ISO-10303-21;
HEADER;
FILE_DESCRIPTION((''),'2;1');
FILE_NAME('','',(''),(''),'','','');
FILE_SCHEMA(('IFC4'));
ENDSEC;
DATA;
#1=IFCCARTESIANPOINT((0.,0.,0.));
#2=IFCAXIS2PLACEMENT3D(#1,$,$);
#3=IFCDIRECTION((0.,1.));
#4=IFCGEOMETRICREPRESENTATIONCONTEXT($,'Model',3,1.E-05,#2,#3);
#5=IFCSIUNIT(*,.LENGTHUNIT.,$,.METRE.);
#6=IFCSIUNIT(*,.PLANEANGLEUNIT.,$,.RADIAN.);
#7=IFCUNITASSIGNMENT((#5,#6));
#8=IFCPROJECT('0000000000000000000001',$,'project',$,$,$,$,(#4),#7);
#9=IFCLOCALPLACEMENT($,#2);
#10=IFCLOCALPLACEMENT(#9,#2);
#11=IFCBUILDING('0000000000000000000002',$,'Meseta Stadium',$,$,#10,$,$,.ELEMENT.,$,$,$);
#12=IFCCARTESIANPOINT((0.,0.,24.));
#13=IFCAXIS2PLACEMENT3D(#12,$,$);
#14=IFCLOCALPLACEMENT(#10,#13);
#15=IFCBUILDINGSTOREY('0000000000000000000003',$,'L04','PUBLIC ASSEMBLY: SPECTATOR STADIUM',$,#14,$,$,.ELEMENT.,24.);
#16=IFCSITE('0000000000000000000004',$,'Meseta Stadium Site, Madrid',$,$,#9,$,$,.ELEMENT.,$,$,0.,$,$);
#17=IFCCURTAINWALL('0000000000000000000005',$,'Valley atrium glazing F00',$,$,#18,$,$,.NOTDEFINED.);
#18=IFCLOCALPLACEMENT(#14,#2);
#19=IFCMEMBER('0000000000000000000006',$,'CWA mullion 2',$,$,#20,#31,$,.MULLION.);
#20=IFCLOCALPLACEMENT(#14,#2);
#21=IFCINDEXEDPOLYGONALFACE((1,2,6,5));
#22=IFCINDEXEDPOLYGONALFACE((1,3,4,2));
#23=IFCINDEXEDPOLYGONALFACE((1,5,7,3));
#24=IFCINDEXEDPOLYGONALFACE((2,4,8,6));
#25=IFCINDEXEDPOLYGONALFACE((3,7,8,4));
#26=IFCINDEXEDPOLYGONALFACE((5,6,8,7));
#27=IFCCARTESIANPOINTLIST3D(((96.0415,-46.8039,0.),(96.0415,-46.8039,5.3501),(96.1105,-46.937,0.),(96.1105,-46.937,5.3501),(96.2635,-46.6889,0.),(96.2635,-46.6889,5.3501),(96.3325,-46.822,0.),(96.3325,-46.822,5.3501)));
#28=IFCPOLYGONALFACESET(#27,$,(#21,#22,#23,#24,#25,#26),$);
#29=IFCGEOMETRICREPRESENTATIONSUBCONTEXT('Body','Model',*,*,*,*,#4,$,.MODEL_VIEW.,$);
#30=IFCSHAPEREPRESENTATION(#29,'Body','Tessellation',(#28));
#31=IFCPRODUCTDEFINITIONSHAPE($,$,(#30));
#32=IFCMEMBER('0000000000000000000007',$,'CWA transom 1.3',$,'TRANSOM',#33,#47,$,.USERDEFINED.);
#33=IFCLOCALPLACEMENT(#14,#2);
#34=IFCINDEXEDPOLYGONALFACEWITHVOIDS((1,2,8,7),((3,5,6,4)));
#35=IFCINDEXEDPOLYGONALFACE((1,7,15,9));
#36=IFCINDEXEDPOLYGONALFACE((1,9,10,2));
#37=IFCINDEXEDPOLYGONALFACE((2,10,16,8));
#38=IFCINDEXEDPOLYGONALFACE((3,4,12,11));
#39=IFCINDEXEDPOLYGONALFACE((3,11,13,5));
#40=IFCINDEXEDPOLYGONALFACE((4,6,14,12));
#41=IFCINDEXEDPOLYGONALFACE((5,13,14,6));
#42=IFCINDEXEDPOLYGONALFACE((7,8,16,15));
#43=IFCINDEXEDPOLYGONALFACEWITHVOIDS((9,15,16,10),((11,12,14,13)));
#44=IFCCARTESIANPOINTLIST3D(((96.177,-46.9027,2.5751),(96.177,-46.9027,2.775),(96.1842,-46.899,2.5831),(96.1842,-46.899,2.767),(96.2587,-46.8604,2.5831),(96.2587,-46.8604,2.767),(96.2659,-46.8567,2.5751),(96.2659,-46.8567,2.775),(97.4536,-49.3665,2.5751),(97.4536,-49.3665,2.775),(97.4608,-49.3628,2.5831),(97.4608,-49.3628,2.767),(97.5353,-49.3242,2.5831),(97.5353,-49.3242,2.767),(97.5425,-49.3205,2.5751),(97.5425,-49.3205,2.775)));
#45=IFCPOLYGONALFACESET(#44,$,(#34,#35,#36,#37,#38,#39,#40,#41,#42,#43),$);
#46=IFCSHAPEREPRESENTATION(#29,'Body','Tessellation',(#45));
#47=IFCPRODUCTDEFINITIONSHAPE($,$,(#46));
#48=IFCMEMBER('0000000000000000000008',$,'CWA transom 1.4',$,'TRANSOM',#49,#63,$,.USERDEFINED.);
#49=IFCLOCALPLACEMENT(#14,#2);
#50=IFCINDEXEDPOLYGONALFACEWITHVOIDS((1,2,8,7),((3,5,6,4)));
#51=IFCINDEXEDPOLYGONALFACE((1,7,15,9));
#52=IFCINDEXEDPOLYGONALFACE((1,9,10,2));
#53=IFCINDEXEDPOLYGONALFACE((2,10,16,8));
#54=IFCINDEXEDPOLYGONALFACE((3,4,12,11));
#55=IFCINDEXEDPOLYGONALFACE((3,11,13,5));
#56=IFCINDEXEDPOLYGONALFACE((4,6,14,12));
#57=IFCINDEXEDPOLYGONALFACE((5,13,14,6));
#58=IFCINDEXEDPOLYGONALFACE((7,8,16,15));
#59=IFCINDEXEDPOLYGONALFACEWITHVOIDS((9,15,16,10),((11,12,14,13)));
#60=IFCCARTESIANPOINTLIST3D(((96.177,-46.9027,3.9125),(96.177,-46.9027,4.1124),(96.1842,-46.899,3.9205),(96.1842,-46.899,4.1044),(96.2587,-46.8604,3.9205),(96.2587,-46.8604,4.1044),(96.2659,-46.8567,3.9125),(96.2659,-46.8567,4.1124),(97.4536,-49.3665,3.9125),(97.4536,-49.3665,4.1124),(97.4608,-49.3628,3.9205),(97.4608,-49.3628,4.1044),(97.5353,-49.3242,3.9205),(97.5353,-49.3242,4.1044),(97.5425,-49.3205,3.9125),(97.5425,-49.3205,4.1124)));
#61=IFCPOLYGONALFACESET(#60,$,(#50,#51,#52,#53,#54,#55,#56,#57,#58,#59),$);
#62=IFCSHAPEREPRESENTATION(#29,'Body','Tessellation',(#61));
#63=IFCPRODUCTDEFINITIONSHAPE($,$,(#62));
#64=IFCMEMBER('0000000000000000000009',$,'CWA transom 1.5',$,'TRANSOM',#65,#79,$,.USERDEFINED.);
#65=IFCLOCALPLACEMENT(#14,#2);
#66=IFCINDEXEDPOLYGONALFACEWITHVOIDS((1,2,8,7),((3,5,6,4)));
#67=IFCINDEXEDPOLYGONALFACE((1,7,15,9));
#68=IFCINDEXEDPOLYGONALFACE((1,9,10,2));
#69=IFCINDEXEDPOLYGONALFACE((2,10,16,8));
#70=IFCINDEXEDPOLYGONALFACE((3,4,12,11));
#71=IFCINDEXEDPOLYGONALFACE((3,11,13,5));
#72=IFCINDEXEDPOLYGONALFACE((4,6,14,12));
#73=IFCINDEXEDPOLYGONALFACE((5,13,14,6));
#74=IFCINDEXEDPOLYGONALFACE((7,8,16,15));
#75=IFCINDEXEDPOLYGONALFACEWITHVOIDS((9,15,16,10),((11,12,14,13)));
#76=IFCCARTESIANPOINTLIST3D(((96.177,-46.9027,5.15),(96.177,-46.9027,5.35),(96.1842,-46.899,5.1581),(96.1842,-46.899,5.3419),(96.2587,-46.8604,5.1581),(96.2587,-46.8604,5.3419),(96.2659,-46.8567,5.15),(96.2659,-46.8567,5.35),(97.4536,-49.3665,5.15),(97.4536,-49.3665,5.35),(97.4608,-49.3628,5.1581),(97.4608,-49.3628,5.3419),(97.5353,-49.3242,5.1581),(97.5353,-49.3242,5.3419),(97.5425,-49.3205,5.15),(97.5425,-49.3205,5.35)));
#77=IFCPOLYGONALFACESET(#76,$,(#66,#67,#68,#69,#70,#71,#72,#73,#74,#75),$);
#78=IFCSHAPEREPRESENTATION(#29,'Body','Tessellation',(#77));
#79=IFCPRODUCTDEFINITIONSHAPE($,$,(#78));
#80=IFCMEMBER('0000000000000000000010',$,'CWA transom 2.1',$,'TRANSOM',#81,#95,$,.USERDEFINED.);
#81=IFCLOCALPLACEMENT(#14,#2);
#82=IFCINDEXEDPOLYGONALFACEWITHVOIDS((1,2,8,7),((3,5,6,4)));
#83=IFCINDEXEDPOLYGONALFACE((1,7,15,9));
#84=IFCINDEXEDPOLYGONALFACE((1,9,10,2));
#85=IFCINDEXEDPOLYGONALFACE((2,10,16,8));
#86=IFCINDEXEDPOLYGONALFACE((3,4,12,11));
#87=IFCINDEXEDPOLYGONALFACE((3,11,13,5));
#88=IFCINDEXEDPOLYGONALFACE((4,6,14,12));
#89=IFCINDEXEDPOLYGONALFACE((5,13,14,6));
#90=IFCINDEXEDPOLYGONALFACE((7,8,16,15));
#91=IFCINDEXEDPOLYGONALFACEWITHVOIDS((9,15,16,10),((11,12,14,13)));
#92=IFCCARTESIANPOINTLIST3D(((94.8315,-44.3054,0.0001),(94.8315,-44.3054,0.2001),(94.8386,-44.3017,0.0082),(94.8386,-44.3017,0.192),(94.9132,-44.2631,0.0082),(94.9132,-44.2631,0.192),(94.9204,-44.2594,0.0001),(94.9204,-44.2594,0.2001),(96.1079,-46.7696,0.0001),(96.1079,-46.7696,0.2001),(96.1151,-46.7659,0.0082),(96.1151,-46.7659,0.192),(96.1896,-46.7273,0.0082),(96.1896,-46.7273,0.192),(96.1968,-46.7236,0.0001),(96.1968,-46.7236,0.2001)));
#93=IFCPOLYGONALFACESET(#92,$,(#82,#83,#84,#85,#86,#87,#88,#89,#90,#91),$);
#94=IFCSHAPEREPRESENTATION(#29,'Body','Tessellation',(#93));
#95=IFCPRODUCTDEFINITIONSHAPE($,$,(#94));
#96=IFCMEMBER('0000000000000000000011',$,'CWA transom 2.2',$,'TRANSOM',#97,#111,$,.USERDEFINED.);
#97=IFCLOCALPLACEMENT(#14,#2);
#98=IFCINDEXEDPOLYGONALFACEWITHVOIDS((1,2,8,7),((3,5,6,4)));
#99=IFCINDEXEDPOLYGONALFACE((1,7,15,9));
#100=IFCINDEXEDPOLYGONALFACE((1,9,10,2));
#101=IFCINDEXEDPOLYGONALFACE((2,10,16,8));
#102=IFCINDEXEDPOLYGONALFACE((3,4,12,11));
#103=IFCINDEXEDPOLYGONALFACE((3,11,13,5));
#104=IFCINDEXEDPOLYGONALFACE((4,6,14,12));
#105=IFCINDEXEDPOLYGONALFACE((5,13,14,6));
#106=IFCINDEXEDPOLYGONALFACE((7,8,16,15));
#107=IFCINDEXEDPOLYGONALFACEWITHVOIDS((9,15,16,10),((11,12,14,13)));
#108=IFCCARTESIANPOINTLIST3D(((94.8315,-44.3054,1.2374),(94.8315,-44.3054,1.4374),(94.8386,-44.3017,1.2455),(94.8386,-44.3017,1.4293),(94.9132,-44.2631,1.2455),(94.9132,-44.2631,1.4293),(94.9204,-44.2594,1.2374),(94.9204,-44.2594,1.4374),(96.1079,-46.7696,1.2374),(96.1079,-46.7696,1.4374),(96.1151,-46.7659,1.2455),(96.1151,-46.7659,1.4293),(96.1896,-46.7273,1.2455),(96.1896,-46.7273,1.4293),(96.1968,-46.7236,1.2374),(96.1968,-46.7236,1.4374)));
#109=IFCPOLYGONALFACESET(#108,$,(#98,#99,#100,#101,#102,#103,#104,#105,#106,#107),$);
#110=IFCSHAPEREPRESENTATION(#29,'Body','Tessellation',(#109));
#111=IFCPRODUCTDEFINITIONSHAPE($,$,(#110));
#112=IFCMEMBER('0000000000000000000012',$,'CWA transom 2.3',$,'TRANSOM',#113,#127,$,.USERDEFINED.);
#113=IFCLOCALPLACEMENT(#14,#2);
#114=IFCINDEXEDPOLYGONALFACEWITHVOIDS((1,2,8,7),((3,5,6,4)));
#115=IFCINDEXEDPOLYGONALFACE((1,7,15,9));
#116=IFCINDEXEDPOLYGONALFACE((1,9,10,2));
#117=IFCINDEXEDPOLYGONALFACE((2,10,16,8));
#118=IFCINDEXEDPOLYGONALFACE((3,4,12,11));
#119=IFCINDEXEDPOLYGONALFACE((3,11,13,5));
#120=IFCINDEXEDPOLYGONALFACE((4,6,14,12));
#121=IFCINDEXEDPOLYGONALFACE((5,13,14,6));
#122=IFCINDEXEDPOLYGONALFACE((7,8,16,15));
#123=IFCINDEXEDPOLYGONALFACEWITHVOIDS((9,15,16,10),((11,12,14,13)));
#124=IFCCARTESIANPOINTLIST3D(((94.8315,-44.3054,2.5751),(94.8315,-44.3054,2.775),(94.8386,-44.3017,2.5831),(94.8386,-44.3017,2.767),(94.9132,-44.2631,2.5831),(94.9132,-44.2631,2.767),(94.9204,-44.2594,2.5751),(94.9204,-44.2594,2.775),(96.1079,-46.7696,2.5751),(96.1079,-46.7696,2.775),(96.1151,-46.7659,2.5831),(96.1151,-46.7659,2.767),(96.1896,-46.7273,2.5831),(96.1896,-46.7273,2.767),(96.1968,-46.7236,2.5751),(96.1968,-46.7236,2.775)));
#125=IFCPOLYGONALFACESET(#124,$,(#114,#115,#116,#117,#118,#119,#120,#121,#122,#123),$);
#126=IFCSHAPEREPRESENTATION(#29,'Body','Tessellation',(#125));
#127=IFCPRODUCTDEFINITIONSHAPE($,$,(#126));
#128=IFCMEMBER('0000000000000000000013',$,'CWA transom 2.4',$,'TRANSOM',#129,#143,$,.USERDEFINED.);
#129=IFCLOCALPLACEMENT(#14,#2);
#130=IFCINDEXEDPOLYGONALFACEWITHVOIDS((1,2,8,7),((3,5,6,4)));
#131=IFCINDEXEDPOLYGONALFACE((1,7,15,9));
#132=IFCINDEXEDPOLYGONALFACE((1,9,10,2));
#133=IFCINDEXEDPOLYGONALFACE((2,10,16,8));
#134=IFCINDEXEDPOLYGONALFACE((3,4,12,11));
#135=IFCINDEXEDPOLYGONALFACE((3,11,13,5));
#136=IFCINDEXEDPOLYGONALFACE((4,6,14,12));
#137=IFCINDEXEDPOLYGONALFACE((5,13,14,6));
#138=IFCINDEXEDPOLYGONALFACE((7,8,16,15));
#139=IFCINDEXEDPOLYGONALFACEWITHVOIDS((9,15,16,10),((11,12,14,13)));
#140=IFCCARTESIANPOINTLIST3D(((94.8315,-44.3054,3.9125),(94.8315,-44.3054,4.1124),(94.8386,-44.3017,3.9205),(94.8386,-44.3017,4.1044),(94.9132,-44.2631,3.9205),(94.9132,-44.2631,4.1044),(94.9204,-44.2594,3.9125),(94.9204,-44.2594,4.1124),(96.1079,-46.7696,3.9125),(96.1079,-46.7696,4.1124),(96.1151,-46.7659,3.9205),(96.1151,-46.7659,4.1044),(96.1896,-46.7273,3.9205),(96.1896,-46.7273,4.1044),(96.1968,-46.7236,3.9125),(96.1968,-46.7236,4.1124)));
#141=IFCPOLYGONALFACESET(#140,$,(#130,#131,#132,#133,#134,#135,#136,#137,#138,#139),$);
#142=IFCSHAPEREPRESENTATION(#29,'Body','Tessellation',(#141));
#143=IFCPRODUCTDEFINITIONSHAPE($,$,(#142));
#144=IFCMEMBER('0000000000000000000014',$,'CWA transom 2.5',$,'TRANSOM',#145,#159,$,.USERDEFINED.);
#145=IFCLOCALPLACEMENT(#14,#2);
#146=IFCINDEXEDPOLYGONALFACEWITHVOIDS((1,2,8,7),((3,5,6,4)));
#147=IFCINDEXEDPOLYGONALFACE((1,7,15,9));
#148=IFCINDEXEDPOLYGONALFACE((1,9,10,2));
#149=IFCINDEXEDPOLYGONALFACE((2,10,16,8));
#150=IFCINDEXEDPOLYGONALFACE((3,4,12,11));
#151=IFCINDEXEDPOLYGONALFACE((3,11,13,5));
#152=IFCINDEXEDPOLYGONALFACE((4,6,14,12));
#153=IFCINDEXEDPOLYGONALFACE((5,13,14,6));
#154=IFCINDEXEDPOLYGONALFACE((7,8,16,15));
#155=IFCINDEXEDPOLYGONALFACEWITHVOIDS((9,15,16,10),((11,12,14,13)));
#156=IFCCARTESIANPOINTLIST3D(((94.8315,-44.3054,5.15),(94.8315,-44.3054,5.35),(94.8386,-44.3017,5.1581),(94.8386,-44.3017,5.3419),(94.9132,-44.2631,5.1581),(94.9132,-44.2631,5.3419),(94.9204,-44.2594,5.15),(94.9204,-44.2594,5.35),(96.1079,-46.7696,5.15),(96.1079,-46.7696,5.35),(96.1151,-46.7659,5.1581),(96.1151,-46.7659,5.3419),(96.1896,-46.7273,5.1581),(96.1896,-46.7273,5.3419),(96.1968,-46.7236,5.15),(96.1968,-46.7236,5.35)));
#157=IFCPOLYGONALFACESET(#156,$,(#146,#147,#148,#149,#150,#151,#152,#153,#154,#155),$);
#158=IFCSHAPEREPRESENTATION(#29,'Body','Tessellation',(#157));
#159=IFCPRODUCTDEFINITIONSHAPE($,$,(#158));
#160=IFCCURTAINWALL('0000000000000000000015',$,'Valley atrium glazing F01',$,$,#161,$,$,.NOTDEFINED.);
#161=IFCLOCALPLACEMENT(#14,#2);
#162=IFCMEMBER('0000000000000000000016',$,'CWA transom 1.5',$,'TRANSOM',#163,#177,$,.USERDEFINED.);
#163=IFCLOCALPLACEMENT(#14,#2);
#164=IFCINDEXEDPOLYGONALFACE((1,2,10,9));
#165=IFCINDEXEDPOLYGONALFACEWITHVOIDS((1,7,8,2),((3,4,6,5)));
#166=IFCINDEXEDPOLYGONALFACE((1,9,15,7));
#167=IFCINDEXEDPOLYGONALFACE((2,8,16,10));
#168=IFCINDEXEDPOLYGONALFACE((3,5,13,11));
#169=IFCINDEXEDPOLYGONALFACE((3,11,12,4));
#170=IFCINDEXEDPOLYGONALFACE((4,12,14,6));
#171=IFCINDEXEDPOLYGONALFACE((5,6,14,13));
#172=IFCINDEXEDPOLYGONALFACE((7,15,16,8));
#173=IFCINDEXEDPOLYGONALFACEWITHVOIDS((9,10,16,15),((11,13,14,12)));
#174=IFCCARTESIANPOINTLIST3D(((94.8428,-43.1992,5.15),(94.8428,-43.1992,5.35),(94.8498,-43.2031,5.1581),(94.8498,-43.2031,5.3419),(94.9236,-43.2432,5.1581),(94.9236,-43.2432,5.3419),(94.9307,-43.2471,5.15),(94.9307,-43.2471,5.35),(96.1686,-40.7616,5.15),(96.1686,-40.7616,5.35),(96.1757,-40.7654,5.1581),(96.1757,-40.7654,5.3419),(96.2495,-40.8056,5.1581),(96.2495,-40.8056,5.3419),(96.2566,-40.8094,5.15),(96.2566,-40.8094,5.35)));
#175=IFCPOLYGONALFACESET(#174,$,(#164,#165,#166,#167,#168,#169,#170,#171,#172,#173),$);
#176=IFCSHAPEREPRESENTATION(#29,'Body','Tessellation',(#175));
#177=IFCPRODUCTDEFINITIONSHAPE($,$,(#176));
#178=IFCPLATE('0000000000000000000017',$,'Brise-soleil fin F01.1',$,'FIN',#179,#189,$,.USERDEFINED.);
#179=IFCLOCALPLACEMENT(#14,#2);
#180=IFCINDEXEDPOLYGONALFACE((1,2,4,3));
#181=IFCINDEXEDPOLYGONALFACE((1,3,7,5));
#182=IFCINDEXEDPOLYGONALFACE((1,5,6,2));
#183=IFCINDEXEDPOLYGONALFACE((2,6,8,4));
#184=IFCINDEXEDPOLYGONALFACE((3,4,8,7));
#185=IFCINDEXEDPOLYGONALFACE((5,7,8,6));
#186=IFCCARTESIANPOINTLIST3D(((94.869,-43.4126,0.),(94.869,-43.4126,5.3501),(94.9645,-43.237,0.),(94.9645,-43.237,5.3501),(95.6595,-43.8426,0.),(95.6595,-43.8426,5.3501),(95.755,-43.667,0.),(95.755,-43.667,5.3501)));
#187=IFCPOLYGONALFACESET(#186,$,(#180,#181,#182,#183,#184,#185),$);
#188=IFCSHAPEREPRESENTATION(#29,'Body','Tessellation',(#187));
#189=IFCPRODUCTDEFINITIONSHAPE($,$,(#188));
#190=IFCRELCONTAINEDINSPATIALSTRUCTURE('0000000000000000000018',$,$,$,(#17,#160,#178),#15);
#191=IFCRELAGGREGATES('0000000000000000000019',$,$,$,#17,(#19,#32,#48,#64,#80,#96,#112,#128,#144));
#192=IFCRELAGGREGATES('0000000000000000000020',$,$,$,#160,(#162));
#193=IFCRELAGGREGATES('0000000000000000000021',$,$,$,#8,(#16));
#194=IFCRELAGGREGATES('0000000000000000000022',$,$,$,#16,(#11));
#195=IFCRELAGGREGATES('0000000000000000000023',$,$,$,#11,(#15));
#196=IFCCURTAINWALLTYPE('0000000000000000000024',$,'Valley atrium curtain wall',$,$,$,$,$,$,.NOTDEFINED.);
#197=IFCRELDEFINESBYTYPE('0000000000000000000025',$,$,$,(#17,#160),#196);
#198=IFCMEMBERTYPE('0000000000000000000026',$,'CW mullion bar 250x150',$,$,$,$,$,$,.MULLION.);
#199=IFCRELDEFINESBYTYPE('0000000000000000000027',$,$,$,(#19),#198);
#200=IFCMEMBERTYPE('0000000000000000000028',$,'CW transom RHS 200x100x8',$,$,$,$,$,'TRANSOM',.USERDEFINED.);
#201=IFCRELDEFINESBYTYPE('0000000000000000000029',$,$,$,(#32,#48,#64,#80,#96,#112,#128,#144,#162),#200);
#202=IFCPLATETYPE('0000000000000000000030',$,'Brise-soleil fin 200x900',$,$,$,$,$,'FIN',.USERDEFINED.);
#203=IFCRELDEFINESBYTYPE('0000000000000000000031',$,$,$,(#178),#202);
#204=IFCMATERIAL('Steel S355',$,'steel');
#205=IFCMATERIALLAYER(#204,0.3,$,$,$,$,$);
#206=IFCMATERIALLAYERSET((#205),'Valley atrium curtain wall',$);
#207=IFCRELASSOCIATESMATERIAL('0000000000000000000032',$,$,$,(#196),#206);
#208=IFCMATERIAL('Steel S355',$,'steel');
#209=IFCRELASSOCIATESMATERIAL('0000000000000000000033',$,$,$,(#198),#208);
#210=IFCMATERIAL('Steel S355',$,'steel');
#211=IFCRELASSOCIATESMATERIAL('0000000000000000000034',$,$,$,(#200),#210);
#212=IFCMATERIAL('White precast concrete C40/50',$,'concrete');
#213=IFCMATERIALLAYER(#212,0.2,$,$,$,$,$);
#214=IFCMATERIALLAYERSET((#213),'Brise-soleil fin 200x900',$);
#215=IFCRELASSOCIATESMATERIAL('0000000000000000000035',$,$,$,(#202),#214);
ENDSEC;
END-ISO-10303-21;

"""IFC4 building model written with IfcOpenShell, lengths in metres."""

from ifc_helpers import new_model, si_unit, direction, frame, origin, origin_2d, place, context, subcontext, project, spatial, rectangle, hollow_rectangle, extrude, material, layer, layer_set, material_profile, profile_set, type_object, element, aggregate, save


model = new_model("IFC4")

# Units and contexts
model_context = context("Model", 3, precision=1e-05, world=origin(), true_north=direction((0.0, 1.0)))
body_context = subcontext(model_context, "Body", "Model", "MODEL_VIEW")
ifc_project = project(units=[si_unit("LENGTHUNIT", "METRE"), si_unit("PLANEANGLEUNIT", "RADIAN")], contexts=[model_context])

# Site, building, storey
site_placement = place(None, origin())
site = spatial("IfcSite", under=ifc_project, at=site_placement, Name="Meseta Stadium Site, Madrid", CompositionType="ELEMENT", RefElevation=0.0)
building_placement = place(site_placement, origin())
building = spatial("IfcBuilding", under=site, at=building_placement, Name="Meseta Stadium", CompositionType="ELEMENT")
storey_placement = place(building_placement, frame((0.0, 0.0, 24.0)))
storey = spatial("IfcBuildingStorey", under=building, at=storey_placement, Name="L04", Description="PUBLIC ASSEMBLY: SPECTATOR STADIUM", CompositionType="ELEMENT", Elevation=24.0)

# Curtain wall, members
ifc_material_1 = material(Name="Steel S355", Category="steel")
ifc_layer_1 = layer(ifc_material_1, 0.3)
ifc_layer_set_1 = layer_set([ifc_layer_1], Name="Valley atrium curtain wall")
curtain_wall_type = type_object("IfcCurtainWallType", Name="Valley atrium curtain wall", PredefinedType="NOTDEFINED", material=ifc_layer_set_1)
curtain_wall_1_placement = place(storey_placement, origin())
curtain_wall_1 = element("IfcCurtainWall", 1, at=curtain_wall_1_placement, inside=storey, type_object=curtain_wall_type, Name="Valley atrium glazing F00", PredefinedType="NOTDEFINED")
ifc_material_2 = material(Name="Steel S355", Category="steel")
ifc_material_profile_1 = material_profile(ifc_material_2, rectangle(XDim=0.25, YDim=0.1499, at=origin_2d()), Name="CW 250x150")
ifc_profile_set_1 = profile_set([ifc_material_profile_1], Name="Steel S355")
member_type_1 = type_object("IfcMemberType", Name="CW mullion bar 250x150", PredefinedType="MULLION", material=ifc_profile_set_1)
member_1_placement = place(storey_placement, frame((96.187, -46.813, 0.0), z_axis=(0.0, 0.0, 1.0), x_axis=(-0.887911, -0.460016, 0.0)))
member_1 = element("IfcMember", 2, at=member_1_placement, type_object=member_type_1, Name="CWA mullion 2", PredefinedType="MULLION", context=body_context, shape_type="SweptSolid", body=[
    extrude(rectangle(XDim=0.25, YDim=0.1499, at=origin_2d()), origin(), (0.0, 0.0, 1.0), 5.3501),
])
ifc_material_3 = material(Name="Steel S355", Category="steel")
ifc_material_profile_2 = material_profile(ifc_material_3, hollow_rectangle(XDim=0.1001, YDim=0.2, WallThickness=0.0081, at=origin_2d()), Name="RHS 200x100x8")
ifc_profile_set_2 = profile_set([ifc_material_profile_2], Name="Steel S355")
member_type_2 = type_object("IfcMemberType", Name="CW transom RHS 200x100x8", ElementType="TRANSOM", PredefinedType="USERDEFINED", material=ifc_profile_set_2)
member_2_placement = place(storey_placement, frame((97.498, -49.3435, 2.675), z_axis=(-0.460047, 0.887894, 0.0), x_axis=(-0.887894, -0.460047, 0.0)))
member_2 = element("IfcMember", 3, at=member_2_placement, type_object=member_type_2, Name="CWA transom 1.3", ObjectType="TRANSOM", PredefinedType="USERDEFINED", context=body_context, shape_type="SweptSolid", body=[
    extrude(hollow_rectangle(XDim=0.1001, YDim=0.2, WallThickness=0.0081, at=origin_2d()), origin(), (0.0, 0.0, 1.0), 2.7749),
])
member_3_placement = place(storey_placement, frame((97.498, -49.3435, 4.0125), z_axis=(-0.460047, 0.887894, 0.0), x_axis=(-0.887894, -0.460047, 0.0)))
member_3 = element("IfcMember", 4, at=member_3_placement, type_object=member_type_2, Name="CWA transom 1.4", ObjectType="TRANSOM", PredefinedType="USERDEFINED", context=body_context, shape_type="SweptSolid", body=[
    extrude(hollow_rectangle(XDim=0.1001, YDim=0.2, WallThickness=0.0081, at=origin_2d()), origin(), (0.0, 0.0, 1.0), 2.7749),
])
member_4_placement = place(storey_placement, frame((97.498, -49.3435, 5.25), z_axis=(-0.460047, 0.887894, 0.0), x_axis=(-0.887894, -0.460047, 0.0)))
member_4 = element("IfcMember", 5, at=member_4_placement, type_object=member_type_2, Name="CWA transom 1.5", ObjectType="TRANSOM", PredefinedType="USERDEFINED", context=body_context, shape_type="SweptSolid", body=[
    extrude(hollow_rectangle(XDim=0.1001, YDim=0.2, WallThickness=0.0081, at=origin_2d()), origin(), (0.0, 0.0, 1.0), 2.7749),
])
member_5_placement = place(storey_placement, frame((96.1523, -46.7466, 0.1001), z_axis=(-0.459942, 0.887949, 0.0), x_axis=(-0.887949, -0.459942, 0.0)))
member_5 = element("IfcMember", 6, at=member_5_placement, type_object=member_type_2, Name="CWA transom 2.1", ObjectType="TRANSOM", PredefinedType="USERDEFINED", context=body_context, shape_type="SweptSolid", body=[
    extrude(hollow_rectangle(XDim=0.1001, YDim=0.2, WallThickness=0.0081, at=origin_2d()), origin(), (0.0, 0.0, 1.0), 2.7751),
])
member_6_placement = place(storey_placement, frame((96.1523, -46.7466, 1.3374), z_axis=(-0.459942, 0.887949, 0.0), x_axis=(-0.887949, -0.459942, 0.0)))
member_6 = element("IfcMember", 7, at=member_6_placement, type_object=member_type_2, Name="CWA transom 2.2", ObjectType="TRANSOM", PredefinedType="USERDEFINED", context=body_context, shape_type="SweptSolid", body=[
    extrude(hollow_rectangle(XDim=0.1001, YDim=0.2, WallThickness=0.0081, at=origin_2d()), origin(), (0.0, 0.0, 1.0), 2.7751),
])
member_7_placement = place(storey_placement, frame((96.1523, -46.7466, 2.675), z_axis=(-0.459942, 0.887949, 0.0), x_axis=(-0.887949, -0.459942, 0.0)))
member_7 = element("IfcMember", 8, at=member_7_placement, type_object=member_type_2, Name="CWA transom 2.3", ObjectType="TRANSOM", PredefinedType="USERDEFINED", context=body_context, shape_type="SweptSolid", body=[
    extrude(hollow_rectangle(XDim=0.1001, YDim=0.2, WallThickness=0.0081, at=origin_2d()), origin(), (0.0, 0.0, 1.0), 2.7751),
])
member_8_placement = place(storey_placement, frame((96.1523, -46.7466, 4.0125), z_axis=(-0.459942, 0.887949, 0.0), x_axis=(-0.887949, -0.459942, 0.0)))
member_8 = element("IfcMember", 9, at=member_8_placement, type_object=member_type_2, Name="CWA transom 2.4", ObjectType="TRANSOM", PredefinedType="USERDEFINED", context=body_context, shape_type="SweptSolid", body=[
    extrude(hollow_rectangle(XDim=0.1001, YDim=0.2, WallThickness=0.0081, at=origin_2d()), origin(), (0.0, 0.0, 1.0), 2.7751),
])
member_9_placement = place(storey_placement, frame((96.1523, -46.7466, 5.25), z_axis=(-0.459942, 0.887949, 0.0), x_axis=(-0.887949, -0.459942, 0.0)))
member_9 = element("IfcMember", 10, at=member_9_placement, type_object=member_type_2, Name="CWA transom 2.5", ObjectType="TRANSOM", PredefinedType="USERDEFINED", context=body_context, shape_type="SweptSolid", body=[
    extrude(hollow_rectangle(XDim=0.1001, YDim=0.2, WallThickness=0.0081, at=origin_2d()), origin(), (0.0, 0.0, 1.0), 2.7751),
])

# Curtain wall, member
curtain_wall_2_placement = place(storey_placement, origin())
curtain_wall_2 = element("IfcCurtainWall", 11, at=curtain_wall_2_placement, inside=storey, type_object=curtain_wall_type, Name="Valley atrium glazing F01", PredefinedType="NOTDEFINED")
member_10_placement = place(storey_placement, frame((94.8867, -43.2231, 5.25), z_axis=(0.47781, 0.878463, 0.0), x_axis=(-0.878463, 0.47781, 0.0)))
member_10 = element("IfcMember", 12, at=member_10_placement, type_object=member_type_2, Name="CWA transom 1.5", ObjectType="TRANSOM", PredefinedType="USERDEFINED", context=body_context, shape_type="SweptSolid", body=[
    extrude(hollow_rectangle(XDim=0.1001, YDim=0.2, WallThickness=0.0081, at=origin_2d()), origin(), (0.0, 0.0, 1.0), 2.7749),
])

# Plate
ifc_material_4 = material(Name="White precast concrete C40/50", Category="concrete")
ifc_layer_2 = layer(ifc_material_4, 0.2)
ifc_layer_set_2 = layer_set([ifc_layer_2], Name="Brise-soleil fin 200x900")
plate_type_1 = type_object("IfcPlateType", Name="Brise-soleil fin 200x900", ElementType="FIN", PredefinedType="USERDEFINED", material=ifc_layer_set_2)
plate_1_placement = place(storey_placement, frame((95.312, -43.5398, 0.0), z_axis=(0.0, 0.0, 1.0), x_axis=(0.477867, 0.878432, 0.0)))
element("IfcPlate", 13, at=plate_1_placement, inside=storey, type_object=plate_type_1, Name="Brise-soleil fin F01.1", ObjectType="FIN", PredefinedType="USERDEFINED", context=body_context, shape_type="SweptSolid", body=[
    extrude(rectangle(XDim=0.2, YDim=0.8999, at=origin_2d()), origin(), (0.0, 0.0, 1.0), 5.3501),
])
aggregate(curtain_wall_1, [member_1, member_2, member_3, member_4, member_5, member_6, member_7, member_8, member_9])
aggregate(curtain_wall_2, [member_10])

save(model, "model.ifc")
